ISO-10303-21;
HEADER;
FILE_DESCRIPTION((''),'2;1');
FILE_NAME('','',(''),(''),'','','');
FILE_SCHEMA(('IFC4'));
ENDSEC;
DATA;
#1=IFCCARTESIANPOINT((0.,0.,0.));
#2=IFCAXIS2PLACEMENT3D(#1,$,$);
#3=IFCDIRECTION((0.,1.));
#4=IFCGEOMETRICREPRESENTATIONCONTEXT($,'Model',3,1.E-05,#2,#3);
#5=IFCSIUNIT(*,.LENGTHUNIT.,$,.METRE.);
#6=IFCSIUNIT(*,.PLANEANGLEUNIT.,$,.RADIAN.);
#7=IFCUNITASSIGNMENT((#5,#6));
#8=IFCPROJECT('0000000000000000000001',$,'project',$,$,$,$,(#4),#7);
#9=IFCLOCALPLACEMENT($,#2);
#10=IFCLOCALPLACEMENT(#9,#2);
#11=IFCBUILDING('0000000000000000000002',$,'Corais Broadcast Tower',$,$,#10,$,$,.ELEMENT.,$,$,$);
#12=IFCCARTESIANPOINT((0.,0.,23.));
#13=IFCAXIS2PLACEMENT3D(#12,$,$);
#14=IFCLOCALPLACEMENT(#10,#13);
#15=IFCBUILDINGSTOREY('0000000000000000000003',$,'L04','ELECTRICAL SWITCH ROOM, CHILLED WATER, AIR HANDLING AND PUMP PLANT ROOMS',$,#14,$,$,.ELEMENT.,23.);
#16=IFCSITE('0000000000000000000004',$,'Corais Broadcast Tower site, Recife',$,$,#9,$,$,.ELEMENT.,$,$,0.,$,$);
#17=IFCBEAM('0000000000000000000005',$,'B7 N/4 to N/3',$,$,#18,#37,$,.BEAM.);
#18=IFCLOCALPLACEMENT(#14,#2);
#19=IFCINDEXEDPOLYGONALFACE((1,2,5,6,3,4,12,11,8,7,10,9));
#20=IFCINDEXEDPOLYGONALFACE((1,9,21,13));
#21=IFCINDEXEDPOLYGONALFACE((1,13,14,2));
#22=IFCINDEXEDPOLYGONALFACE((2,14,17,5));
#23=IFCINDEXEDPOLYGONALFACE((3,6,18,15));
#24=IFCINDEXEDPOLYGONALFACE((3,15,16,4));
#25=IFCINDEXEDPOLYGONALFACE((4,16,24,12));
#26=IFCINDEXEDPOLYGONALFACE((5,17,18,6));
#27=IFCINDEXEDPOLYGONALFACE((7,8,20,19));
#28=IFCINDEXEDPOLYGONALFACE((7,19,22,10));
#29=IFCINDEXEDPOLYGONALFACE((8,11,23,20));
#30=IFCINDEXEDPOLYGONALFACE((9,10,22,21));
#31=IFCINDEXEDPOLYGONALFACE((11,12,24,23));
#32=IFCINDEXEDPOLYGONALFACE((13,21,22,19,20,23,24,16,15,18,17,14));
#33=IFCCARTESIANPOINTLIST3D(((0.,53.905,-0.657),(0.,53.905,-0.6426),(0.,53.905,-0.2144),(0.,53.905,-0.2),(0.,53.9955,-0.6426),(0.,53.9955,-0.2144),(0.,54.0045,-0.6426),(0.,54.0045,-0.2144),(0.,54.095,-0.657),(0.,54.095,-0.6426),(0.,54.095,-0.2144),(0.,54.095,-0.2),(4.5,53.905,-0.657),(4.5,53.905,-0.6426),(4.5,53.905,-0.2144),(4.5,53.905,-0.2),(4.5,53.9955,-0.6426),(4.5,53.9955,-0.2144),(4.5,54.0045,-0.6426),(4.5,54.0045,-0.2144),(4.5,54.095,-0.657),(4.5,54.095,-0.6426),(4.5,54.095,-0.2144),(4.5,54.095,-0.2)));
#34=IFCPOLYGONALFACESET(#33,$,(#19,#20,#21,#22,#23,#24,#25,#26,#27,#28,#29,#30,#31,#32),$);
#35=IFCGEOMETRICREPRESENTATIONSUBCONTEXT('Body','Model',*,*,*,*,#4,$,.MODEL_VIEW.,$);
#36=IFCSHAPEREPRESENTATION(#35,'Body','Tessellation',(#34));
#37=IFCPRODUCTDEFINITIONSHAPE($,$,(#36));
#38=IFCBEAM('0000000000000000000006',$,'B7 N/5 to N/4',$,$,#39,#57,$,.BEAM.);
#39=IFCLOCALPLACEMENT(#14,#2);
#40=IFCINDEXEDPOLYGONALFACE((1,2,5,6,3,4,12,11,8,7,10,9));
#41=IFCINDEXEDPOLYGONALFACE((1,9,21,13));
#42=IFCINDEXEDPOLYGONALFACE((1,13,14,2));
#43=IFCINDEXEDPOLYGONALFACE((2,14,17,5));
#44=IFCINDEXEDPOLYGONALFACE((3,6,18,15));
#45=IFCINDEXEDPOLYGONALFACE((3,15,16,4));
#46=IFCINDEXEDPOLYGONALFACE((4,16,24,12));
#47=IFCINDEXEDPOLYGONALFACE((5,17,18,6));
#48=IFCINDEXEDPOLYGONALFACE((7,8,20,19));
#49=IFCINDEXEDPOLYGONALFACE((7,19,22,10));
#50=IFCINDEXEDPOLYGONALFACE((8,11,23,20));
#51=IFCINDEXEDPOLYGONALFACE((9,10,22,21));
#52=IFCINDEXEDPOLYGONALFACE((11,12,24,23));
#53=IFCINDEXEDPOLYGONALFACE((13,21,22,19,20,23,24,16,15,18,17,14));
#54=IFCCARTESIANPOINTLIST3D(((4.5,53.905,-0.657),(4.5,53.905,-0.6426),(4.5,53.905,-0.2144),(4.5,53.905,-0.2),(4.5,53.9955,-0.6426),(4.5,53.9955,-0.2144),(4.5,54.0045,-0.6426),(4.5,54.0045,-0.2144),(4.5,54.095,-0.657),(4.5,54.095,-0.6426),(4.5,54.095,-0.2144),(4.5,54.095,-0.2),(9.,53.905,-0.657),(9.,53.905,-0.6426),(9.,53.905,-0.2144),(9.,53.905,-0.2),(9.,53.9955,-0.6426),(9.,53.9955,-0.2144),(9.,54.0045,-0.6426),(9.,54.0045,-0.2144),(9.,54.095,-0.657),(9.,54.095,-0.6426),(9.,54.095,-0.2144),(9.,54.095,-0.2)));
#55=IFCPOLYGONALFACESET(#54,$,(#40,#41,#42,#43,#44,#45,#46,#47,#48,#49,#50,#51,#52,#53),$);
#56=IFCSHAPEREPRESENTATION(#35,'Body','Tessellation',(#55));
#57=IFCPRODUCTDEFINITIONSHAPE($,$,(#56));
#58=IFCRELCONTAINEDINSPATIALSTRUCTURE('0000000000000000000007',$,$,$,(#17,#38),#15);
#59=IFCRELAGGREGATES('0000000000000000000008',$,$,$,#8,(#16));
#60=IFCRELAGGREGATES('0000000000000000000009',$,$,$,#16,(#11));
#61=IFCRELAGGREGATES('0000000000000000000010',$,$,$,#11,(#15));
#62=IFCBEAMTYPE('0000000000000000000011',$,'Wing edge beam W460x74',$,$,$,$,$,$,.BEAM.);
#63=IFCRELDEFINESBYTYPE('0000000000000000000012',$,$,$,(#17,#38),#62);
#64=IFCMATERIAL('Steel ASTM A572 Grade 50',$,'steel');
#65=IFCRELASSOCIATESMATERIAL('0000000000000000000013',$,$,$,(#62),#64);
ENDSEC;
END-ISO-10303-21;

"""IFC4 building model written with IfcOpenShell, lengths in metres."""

from ifc_helpers import new_model, si_unit, direction, frame, origin, origin_2d, place, context, subcontext, project, spatial, i_section, extrude, material, material_profile, profile_set, type_object, element, save


model = new_model("IFC4")

# Units and contexts
model_context = context("Model", 3, precision=1e-05, world=origin(), true_north=direction((0.0, 1.0)))
body_context = subcontext(model_context, "Body", "Model", "MODEL_VIEW")
ifc_project = project(units=[si_unit("LENGTHUNIT", "METRE"), si_unit("PLANEANGLEUNIT", "RADIAN")], contexts=[model_context])

# Site, building, storey
site_placement = place(None, origin())
site = spatial("IfcSite", under=ifc_project, at=site_placement, Name="Corais Broadcast Tower site, Recife", CompositionType="ELEMENT", RefElevation=0.0)
building_placement = place(site_placement, origin())
building = spatial("IfcBuilding", under=site, at=building_placement, Name="Corais Broadcast Tower", CompositionType="ELEMENT")
storey_placement = place(building_placement, frame((0.0, 0.0, 23.0)))
storey = spatial("IfcBuildingStorey", under=building, at=storey_placement, Name="L04", Description="ELECTRICAL SWITCH ROOM, CHILLED WATER, AIR HANDLING AND PUMP PLANT ROOMS", CompositionType="ELEMENT", Elevation=23.0)

# Beams
ifc_material_1 = material(Name="Steel ASTM A572 Grade 50", Category="steel")
ifc_material_profile_1 = material_profile(ifc_material_1, i_section(OverallWidth=0.1899, OverallDepth=0.457, WebThickness=0.009, FlangeThickness=0.0144, at=origin_2d()), Name="W460x74")
ifc_profile_set_1 = profile_set([ifc_material_profile_1], Name="Steel ASTM A572 Grade 50")
beam_type_1 = type_object("IfcBeamType", Name="Wing edge beam W460x74", PredefinedType="BEAM", material=ifc_profile_set_1)
for number, where, z_axis, x_axis, name in (
    (1, (4.5, 54.0, -0.4285), (-1.0, 0.0, 0.0), (0.0, -1.0, 0.0), "B7 N/4 to N/3"),
    (2, (9.0, 54.0, -0.4285), (-1.0, 0.0, 0.0), (0.0, -1.0, 0.0), "B7 N/5 to N/4"),
):
    element("IfcBeam", number, at=place(storey_placement, frame(where, z_axis=z_axis, x_axis=x_axis)), inside=storey, type_object=beam_type_1, Name=name, PredefinedType="BEAM", context=body_context, shape_type="SweptSolid", body=[
        extrude(i_section(OverallWidth=0.1899, OverallDepth=0.457, WebThickness=0.009, FlangeThickness=0.0144, at=origin_2d()), origin(), (0.0, 0.0, 1.0), 4.5),
    ])

save(model, "model.ifc")
